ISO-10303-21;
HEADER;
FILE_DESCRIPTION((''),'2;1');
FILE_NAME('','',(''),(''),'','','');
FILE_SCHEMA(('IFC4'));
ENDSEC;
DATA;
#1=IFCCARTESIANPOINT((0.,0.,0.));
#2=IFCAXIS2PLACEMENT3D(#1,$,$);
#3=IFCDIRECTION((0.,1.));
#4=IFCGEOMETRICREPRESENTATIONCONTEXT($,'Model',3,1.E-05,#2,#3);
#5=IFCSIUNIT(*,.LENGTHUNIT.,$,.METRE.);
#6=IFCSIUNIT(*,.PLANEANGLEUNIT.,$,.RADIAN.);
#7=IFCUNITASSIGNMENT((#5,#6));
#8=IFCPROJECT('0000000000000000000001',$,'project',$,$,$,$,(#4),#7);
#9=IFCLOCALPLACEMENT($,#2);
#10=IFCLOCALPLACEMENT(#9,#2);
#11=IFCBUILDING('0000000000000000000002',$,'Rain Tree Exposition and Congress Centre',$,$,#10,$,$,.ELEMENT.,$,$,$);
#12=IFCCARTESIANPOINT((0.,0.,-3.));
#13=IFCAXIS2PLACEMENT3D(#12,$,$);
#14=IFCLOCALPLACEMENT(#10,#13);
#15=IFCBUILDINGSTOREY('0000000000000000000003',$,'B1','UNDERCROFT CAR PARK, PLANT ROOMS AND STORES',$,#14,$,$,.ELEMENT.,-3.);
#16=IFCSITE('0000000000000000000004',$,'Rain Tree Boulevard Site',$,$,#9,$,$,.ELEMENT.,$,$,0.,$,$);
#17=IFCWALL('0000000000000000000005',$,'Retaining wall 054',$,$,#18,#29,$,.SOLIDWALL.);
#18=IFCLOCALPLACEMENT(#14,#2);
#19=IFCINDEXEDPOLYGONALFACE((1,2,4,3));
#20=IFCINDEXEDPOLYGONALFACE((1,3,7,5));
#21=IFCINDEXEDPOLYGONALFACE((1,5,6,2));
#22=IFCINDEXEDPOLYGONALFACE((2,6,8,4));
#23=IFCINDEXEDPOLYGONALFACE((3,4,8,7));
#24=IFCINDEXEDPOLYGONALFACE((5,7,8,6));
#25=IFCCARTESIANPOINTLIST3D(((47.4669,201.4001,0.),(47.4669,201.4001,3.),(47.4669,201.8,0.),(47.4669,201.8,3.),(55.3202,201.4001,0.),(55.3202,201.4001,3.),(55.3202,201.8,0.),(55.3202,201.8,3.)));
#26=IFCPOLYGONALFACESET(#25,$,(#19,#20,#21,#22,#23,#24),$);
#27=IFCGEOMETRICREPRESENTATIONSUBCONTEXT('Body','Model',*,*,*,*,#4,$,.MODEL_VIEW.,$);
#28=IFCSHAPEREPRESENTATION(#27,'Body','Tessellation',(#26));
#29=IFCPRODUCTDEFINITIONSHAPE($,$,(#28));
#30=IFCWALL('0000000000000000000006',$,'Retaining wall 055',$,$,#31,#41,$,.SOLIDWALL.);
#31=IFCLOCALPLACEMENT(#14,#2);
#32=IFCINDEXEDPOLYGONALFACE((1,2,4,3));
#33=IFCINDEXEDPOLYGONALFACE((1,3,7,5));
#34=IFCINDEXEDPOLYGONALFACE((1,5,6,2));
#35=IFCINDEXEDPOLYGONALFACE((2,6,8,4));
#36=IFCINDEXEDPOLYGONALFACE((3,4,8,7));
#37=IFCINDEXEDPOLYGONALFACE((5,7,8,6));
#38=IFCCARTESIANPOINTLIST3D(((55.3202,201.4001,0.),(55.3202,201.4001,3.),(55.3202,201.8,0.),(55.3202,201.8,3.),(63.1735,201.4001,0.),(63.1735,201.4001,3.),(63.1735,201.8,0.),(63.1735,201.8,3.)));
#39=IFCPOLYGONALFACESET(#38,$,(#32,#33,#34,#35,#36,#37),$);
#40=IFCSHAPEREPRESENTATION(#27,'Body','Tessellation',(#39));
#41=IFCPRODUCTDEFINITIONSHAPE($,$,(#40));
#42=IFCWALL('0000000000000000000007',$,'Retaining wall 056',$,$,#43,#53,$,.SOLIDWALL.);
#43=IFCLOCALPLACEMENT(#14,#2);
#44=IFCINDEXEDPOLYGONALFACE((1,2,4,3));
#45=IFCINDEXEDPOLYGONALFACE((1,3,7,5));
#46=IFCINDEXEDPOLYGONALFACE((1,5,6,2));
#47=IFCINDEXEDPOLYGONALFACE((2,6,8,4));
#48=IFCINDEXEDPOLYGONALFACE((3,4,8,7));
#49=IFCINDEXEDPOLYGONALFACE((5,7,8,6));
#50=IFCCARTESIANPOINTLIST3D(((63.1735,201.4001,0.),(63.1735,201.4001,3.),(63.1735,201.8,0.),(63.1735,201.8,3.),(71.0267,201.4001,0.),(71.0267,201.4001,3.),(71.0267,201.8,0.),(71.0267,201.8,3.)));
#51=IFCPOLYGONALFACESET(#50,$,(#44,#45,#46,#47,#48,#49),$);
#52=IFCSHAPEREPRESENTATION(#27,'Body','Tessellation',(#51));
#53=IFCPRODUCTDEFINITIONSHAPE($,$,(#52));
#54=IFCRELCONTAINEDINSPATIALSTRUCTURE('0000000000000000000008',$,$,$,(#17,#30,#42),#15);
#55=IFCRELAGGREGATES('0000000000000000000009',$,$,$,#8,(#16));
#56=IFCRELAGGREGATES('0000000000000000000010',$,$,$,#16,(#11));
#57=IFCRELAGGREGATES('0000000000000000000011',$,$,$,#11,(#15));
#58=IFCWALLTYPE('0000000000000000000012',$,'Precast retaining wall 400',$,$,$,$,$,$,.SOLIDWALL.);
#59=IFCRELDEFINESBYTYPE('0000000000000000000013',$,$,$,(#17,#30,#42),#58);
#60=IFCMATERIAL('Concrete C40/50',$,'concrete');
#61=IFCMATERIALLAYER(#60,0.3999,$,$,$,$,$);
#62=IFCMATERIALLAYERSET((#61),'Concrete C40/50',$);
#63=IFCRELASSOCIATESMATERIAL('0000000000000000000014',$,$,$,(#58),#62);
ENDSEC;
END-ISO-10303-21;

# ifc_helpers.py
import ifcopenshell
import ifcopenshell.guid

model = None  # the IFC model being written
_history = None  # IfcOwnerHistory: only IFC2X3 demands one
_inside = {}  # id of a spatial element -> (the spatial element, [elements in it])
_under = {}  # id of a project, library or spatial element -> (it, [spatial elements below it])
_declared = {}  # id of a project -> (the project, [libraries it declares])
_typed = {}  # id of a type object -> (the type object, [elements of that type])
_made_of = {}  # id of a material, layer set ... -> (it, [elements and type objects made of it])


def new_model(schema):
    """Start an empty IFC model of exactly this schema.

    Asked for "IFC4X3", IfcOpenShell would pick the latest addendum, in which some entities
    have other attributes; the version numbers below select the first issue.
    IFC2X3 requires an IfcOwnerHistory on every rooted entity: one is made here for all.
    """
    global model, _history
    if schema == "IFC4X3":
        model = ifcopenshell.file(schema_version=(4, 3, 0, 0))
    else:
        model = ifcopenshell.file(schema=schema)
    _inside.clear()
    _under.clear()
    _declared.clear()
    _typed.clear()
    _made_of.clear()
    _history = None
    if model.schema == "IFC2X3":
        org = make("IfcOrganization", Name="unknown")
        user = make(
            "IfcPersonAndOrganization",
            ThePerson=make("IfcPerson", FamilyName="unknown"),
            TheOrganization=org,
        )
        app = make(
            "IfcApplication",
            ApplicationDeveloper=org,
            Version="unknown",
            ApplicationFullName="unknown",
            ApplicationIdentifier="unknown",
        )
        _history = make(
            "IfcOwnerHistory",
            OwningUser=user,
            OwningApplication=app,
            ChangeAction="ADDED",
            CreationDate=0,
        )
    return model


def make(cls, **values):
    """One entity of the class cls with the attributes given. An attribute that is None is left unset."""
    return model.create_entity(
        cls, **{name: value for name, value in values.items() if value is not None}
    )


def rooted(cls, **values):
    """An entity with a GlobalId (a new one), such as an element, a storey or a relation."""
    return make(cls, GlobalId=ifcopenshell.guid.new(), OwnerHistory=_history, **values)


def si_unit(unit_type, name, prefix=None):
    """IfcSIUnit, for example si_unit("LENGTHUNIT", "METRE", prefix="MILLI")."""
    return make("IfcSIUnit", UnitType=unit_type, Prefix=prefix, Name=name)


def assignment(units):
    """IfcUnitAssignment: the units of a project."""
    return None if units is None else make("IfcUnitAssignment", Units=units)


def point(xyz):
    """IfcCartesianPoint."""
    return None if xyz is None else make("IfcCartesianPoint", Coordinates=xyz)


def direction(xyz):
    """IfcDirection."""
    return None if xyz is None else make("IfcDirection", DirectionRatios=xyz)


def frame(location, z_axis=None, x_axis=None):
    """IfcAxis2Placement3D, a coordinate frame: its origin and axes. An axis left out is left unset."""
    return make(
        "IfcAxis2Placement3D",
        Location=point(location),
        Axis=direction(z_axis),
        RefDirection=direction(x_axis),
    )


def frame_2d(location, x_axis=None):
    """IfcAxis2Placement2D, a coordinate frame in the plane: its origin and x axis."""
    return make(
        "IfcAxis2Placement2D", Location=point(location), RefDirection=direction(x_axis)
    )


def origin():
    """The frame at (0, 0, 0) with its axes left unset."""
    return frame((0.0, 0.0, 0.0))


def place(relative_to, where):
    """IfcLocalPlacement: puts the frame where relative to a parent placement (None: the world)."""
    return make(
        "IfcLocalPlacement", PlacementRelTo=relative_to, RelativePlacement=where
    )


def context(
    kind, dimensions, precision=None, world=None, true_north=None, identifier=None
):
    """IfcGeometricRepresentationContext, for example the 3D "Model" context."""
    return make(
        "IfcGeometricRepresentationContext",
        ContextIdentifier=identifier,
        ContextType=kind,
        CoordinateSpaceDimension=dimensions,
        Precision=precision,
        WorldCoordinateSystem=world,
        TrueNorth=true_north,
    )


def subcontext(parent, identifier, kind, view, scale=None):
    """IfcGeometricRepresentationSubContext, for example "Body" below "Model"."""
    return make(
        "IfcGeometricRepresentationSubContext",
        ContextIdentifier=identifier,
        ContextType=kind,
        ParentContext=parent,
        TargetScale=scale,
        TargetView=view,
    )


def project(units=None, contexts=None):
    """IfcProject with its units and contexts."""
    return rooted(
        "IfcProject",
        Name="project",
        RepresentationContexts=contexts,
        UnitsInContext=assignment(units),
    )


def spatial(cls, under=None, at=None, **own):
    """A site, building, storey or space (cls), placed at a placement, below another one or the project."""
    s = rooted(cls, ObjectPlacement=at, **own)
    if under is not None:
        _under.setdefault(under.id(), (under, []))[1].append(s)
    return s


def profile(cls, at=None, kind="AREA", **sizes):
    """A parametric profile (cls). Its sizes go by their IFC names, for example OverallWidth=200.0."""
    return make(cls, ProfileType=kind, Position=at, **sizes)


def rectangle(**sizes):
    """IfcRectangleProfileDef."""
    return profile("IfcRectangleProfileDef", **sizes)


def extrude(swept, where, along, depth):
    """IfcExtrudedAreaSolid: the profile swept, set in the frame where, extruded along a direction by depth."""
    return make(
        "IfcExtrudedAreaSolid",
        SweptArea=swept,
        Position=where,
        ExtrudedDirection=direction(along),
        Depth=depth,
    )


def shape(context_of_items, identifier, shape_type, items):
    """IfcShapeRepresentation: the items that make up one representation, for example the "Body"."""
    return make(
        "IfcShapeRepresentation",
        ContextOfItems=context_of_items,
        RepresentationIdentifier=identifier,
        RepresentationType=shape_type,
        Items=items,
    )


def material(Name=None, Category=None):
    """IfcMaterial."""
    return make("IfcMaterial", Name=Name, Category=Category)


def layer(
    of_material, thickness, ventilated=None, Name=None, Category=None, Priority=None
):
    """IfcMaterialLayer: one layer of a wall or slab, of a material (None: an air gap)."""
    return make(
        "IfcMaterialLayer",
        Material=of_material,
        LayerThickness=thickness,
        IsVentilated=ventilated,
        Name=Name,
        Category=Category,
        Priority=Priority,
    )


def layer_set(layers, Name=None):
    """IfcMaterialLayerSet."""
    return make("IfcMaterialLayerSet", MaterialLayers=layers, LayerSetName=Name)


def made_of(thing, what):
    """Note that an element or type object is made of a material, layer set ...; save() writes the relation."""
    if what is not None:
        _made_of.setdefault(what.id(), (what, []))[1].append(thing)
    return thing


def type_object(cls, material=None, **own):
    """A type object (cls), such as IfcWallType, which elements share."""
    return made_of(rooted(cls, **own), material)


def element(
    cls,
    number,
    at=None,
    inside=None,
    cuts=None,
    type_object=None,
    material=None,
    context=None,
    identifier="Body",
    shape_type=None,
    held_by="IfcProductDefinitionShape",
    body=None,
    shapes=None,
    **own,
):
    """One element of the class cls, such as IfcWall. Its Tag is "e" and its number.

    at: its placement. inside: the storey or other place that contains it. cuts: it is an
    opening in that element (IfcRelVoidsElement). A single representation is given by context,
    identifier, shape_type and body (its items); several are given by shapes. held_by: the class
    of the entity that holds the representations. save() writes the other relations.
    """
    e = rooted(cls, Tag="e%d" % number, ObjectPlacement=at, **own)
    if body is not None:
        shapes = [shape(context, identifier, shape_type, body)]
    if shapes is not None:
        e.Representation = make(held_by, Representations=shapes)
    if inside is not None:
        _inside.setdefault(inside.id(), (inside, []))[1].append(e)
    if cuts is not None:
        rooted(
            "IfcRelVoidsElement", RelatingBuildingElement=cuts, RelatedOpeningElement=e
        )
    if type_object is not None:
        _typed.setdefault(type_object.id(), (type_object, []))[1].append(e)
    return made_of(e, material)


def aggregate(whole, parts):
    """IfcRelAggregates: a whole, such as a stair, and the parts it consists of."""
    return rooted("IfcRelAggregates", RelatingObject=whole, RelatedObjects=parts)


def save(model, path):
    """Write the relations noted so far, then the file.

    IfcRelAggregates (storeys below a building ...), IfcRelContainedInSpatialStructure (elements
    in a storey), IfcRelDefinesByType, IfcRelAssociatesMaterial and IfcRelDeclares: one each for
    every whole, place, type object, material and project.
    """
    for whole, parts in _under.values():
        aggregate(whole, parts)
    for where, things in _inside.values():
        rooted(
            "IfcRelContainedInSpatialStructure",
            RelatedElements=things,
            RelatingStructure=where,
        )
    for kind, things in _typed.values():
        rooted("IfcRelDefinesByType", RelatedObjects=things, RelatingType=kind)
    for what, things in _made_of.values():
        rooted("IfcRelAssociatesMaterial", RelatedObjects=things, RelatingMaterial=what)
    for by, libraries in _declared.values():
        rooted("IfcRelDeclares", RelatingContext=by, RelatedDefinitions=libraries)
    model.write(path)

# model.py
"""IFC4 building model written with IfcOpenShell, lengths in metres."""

from ifc_helpers import new_model, si_unit, direction, frame, frame_2d, origin, place, context, subcontext, project, spatial, rectangle, extrude, material, layer, layer_set, type_object, element, save


model = new_model("IFC4")

# Units and contexts
model_context = context("Model", 3, precision=1e-05, world=origin(), true_north=direction((0.0, 1.0)))
body_context = subcontext(model_context, "Body", "Model", "MODEL_VIEW")
ifc_project = project(units=[si_unit("LENGTHUNIT", "METRE"), si_unit("PLANEANGLEUNIT", "RADIAN")], contexts=[model_context])

# Site, building, storey
site_placement = place(None, origin())
site = spatial("IfcSite", under=ifc_project, at=site_placement, Name="Rain Tree Boulevard Site", CompositionType="ELEMENT", RefElevation=0.0)
building_placement = place(site_placement, origin())
building = spatial("IfcBuilding", under=site, at=building_placement, Name="Rain Tree Exposition and Congress Centre", CompositionType="ELEMENT")
storey_placement = place(building_placement, frame((0.0, 0.0, -3.0)))
storey = spatial("IfcBuildingStorey", under=building, at=storey_placement, Name="B1", Description="UNDERCROFT CAR PARK, PLANT ROOMS AND STORES", CompositionType="ELEMENT", Elevation=-3.0)

# Walls
ifc_material_1 = material(Name="Concrete C40/50", Category="concrete")
ifc_layer = layer(ifc_material_1, 0.3999)
ifc_layer_set = layer_set([ifc_layer], Name="Concrete C40/50")
wall_type = type_object("IfcWallType", Name="Precast retaining wall 400", PredefinedType="SOLIDWALL", material=ifc_layer_set)
for number, where, z_axis, x_axis, name in (
    (1, (47.4668, 201.6001, 0.0), (0.0, 0.0, 1.0), (1.0, 0.0, 0.0), "Retaining wall 054"),
    (2, (55.3201, 201.6001, 0.0), (0.0, 0.0, 1.0), (1.0, 0.0, 0.0), "Retaining wall 055"),
    (3, (63.1733, 201.6001, 0.0), (0.0, 0.0, 1.0), (1.0, 0.0, 0.0), "Retaining wall 056"),
):
    element("IfcWall", number, at=place(storey_placement, frame(where, z_axis=z_axis, x_axis=x_axis)), inside=storey, type_object=wall_type, Name=name, PredefinedType="SOLIDWALL", context=body_context, shape_type="SweptSolid", body=[
        extrude(rectangle(XDim=7.8533, YDim=0.3999, at=frame_2d((3.9268, 0.0))), origin(), (0.0, 0.0, 1.0), 3.0),
    ])

save(model, "model.ifc")
